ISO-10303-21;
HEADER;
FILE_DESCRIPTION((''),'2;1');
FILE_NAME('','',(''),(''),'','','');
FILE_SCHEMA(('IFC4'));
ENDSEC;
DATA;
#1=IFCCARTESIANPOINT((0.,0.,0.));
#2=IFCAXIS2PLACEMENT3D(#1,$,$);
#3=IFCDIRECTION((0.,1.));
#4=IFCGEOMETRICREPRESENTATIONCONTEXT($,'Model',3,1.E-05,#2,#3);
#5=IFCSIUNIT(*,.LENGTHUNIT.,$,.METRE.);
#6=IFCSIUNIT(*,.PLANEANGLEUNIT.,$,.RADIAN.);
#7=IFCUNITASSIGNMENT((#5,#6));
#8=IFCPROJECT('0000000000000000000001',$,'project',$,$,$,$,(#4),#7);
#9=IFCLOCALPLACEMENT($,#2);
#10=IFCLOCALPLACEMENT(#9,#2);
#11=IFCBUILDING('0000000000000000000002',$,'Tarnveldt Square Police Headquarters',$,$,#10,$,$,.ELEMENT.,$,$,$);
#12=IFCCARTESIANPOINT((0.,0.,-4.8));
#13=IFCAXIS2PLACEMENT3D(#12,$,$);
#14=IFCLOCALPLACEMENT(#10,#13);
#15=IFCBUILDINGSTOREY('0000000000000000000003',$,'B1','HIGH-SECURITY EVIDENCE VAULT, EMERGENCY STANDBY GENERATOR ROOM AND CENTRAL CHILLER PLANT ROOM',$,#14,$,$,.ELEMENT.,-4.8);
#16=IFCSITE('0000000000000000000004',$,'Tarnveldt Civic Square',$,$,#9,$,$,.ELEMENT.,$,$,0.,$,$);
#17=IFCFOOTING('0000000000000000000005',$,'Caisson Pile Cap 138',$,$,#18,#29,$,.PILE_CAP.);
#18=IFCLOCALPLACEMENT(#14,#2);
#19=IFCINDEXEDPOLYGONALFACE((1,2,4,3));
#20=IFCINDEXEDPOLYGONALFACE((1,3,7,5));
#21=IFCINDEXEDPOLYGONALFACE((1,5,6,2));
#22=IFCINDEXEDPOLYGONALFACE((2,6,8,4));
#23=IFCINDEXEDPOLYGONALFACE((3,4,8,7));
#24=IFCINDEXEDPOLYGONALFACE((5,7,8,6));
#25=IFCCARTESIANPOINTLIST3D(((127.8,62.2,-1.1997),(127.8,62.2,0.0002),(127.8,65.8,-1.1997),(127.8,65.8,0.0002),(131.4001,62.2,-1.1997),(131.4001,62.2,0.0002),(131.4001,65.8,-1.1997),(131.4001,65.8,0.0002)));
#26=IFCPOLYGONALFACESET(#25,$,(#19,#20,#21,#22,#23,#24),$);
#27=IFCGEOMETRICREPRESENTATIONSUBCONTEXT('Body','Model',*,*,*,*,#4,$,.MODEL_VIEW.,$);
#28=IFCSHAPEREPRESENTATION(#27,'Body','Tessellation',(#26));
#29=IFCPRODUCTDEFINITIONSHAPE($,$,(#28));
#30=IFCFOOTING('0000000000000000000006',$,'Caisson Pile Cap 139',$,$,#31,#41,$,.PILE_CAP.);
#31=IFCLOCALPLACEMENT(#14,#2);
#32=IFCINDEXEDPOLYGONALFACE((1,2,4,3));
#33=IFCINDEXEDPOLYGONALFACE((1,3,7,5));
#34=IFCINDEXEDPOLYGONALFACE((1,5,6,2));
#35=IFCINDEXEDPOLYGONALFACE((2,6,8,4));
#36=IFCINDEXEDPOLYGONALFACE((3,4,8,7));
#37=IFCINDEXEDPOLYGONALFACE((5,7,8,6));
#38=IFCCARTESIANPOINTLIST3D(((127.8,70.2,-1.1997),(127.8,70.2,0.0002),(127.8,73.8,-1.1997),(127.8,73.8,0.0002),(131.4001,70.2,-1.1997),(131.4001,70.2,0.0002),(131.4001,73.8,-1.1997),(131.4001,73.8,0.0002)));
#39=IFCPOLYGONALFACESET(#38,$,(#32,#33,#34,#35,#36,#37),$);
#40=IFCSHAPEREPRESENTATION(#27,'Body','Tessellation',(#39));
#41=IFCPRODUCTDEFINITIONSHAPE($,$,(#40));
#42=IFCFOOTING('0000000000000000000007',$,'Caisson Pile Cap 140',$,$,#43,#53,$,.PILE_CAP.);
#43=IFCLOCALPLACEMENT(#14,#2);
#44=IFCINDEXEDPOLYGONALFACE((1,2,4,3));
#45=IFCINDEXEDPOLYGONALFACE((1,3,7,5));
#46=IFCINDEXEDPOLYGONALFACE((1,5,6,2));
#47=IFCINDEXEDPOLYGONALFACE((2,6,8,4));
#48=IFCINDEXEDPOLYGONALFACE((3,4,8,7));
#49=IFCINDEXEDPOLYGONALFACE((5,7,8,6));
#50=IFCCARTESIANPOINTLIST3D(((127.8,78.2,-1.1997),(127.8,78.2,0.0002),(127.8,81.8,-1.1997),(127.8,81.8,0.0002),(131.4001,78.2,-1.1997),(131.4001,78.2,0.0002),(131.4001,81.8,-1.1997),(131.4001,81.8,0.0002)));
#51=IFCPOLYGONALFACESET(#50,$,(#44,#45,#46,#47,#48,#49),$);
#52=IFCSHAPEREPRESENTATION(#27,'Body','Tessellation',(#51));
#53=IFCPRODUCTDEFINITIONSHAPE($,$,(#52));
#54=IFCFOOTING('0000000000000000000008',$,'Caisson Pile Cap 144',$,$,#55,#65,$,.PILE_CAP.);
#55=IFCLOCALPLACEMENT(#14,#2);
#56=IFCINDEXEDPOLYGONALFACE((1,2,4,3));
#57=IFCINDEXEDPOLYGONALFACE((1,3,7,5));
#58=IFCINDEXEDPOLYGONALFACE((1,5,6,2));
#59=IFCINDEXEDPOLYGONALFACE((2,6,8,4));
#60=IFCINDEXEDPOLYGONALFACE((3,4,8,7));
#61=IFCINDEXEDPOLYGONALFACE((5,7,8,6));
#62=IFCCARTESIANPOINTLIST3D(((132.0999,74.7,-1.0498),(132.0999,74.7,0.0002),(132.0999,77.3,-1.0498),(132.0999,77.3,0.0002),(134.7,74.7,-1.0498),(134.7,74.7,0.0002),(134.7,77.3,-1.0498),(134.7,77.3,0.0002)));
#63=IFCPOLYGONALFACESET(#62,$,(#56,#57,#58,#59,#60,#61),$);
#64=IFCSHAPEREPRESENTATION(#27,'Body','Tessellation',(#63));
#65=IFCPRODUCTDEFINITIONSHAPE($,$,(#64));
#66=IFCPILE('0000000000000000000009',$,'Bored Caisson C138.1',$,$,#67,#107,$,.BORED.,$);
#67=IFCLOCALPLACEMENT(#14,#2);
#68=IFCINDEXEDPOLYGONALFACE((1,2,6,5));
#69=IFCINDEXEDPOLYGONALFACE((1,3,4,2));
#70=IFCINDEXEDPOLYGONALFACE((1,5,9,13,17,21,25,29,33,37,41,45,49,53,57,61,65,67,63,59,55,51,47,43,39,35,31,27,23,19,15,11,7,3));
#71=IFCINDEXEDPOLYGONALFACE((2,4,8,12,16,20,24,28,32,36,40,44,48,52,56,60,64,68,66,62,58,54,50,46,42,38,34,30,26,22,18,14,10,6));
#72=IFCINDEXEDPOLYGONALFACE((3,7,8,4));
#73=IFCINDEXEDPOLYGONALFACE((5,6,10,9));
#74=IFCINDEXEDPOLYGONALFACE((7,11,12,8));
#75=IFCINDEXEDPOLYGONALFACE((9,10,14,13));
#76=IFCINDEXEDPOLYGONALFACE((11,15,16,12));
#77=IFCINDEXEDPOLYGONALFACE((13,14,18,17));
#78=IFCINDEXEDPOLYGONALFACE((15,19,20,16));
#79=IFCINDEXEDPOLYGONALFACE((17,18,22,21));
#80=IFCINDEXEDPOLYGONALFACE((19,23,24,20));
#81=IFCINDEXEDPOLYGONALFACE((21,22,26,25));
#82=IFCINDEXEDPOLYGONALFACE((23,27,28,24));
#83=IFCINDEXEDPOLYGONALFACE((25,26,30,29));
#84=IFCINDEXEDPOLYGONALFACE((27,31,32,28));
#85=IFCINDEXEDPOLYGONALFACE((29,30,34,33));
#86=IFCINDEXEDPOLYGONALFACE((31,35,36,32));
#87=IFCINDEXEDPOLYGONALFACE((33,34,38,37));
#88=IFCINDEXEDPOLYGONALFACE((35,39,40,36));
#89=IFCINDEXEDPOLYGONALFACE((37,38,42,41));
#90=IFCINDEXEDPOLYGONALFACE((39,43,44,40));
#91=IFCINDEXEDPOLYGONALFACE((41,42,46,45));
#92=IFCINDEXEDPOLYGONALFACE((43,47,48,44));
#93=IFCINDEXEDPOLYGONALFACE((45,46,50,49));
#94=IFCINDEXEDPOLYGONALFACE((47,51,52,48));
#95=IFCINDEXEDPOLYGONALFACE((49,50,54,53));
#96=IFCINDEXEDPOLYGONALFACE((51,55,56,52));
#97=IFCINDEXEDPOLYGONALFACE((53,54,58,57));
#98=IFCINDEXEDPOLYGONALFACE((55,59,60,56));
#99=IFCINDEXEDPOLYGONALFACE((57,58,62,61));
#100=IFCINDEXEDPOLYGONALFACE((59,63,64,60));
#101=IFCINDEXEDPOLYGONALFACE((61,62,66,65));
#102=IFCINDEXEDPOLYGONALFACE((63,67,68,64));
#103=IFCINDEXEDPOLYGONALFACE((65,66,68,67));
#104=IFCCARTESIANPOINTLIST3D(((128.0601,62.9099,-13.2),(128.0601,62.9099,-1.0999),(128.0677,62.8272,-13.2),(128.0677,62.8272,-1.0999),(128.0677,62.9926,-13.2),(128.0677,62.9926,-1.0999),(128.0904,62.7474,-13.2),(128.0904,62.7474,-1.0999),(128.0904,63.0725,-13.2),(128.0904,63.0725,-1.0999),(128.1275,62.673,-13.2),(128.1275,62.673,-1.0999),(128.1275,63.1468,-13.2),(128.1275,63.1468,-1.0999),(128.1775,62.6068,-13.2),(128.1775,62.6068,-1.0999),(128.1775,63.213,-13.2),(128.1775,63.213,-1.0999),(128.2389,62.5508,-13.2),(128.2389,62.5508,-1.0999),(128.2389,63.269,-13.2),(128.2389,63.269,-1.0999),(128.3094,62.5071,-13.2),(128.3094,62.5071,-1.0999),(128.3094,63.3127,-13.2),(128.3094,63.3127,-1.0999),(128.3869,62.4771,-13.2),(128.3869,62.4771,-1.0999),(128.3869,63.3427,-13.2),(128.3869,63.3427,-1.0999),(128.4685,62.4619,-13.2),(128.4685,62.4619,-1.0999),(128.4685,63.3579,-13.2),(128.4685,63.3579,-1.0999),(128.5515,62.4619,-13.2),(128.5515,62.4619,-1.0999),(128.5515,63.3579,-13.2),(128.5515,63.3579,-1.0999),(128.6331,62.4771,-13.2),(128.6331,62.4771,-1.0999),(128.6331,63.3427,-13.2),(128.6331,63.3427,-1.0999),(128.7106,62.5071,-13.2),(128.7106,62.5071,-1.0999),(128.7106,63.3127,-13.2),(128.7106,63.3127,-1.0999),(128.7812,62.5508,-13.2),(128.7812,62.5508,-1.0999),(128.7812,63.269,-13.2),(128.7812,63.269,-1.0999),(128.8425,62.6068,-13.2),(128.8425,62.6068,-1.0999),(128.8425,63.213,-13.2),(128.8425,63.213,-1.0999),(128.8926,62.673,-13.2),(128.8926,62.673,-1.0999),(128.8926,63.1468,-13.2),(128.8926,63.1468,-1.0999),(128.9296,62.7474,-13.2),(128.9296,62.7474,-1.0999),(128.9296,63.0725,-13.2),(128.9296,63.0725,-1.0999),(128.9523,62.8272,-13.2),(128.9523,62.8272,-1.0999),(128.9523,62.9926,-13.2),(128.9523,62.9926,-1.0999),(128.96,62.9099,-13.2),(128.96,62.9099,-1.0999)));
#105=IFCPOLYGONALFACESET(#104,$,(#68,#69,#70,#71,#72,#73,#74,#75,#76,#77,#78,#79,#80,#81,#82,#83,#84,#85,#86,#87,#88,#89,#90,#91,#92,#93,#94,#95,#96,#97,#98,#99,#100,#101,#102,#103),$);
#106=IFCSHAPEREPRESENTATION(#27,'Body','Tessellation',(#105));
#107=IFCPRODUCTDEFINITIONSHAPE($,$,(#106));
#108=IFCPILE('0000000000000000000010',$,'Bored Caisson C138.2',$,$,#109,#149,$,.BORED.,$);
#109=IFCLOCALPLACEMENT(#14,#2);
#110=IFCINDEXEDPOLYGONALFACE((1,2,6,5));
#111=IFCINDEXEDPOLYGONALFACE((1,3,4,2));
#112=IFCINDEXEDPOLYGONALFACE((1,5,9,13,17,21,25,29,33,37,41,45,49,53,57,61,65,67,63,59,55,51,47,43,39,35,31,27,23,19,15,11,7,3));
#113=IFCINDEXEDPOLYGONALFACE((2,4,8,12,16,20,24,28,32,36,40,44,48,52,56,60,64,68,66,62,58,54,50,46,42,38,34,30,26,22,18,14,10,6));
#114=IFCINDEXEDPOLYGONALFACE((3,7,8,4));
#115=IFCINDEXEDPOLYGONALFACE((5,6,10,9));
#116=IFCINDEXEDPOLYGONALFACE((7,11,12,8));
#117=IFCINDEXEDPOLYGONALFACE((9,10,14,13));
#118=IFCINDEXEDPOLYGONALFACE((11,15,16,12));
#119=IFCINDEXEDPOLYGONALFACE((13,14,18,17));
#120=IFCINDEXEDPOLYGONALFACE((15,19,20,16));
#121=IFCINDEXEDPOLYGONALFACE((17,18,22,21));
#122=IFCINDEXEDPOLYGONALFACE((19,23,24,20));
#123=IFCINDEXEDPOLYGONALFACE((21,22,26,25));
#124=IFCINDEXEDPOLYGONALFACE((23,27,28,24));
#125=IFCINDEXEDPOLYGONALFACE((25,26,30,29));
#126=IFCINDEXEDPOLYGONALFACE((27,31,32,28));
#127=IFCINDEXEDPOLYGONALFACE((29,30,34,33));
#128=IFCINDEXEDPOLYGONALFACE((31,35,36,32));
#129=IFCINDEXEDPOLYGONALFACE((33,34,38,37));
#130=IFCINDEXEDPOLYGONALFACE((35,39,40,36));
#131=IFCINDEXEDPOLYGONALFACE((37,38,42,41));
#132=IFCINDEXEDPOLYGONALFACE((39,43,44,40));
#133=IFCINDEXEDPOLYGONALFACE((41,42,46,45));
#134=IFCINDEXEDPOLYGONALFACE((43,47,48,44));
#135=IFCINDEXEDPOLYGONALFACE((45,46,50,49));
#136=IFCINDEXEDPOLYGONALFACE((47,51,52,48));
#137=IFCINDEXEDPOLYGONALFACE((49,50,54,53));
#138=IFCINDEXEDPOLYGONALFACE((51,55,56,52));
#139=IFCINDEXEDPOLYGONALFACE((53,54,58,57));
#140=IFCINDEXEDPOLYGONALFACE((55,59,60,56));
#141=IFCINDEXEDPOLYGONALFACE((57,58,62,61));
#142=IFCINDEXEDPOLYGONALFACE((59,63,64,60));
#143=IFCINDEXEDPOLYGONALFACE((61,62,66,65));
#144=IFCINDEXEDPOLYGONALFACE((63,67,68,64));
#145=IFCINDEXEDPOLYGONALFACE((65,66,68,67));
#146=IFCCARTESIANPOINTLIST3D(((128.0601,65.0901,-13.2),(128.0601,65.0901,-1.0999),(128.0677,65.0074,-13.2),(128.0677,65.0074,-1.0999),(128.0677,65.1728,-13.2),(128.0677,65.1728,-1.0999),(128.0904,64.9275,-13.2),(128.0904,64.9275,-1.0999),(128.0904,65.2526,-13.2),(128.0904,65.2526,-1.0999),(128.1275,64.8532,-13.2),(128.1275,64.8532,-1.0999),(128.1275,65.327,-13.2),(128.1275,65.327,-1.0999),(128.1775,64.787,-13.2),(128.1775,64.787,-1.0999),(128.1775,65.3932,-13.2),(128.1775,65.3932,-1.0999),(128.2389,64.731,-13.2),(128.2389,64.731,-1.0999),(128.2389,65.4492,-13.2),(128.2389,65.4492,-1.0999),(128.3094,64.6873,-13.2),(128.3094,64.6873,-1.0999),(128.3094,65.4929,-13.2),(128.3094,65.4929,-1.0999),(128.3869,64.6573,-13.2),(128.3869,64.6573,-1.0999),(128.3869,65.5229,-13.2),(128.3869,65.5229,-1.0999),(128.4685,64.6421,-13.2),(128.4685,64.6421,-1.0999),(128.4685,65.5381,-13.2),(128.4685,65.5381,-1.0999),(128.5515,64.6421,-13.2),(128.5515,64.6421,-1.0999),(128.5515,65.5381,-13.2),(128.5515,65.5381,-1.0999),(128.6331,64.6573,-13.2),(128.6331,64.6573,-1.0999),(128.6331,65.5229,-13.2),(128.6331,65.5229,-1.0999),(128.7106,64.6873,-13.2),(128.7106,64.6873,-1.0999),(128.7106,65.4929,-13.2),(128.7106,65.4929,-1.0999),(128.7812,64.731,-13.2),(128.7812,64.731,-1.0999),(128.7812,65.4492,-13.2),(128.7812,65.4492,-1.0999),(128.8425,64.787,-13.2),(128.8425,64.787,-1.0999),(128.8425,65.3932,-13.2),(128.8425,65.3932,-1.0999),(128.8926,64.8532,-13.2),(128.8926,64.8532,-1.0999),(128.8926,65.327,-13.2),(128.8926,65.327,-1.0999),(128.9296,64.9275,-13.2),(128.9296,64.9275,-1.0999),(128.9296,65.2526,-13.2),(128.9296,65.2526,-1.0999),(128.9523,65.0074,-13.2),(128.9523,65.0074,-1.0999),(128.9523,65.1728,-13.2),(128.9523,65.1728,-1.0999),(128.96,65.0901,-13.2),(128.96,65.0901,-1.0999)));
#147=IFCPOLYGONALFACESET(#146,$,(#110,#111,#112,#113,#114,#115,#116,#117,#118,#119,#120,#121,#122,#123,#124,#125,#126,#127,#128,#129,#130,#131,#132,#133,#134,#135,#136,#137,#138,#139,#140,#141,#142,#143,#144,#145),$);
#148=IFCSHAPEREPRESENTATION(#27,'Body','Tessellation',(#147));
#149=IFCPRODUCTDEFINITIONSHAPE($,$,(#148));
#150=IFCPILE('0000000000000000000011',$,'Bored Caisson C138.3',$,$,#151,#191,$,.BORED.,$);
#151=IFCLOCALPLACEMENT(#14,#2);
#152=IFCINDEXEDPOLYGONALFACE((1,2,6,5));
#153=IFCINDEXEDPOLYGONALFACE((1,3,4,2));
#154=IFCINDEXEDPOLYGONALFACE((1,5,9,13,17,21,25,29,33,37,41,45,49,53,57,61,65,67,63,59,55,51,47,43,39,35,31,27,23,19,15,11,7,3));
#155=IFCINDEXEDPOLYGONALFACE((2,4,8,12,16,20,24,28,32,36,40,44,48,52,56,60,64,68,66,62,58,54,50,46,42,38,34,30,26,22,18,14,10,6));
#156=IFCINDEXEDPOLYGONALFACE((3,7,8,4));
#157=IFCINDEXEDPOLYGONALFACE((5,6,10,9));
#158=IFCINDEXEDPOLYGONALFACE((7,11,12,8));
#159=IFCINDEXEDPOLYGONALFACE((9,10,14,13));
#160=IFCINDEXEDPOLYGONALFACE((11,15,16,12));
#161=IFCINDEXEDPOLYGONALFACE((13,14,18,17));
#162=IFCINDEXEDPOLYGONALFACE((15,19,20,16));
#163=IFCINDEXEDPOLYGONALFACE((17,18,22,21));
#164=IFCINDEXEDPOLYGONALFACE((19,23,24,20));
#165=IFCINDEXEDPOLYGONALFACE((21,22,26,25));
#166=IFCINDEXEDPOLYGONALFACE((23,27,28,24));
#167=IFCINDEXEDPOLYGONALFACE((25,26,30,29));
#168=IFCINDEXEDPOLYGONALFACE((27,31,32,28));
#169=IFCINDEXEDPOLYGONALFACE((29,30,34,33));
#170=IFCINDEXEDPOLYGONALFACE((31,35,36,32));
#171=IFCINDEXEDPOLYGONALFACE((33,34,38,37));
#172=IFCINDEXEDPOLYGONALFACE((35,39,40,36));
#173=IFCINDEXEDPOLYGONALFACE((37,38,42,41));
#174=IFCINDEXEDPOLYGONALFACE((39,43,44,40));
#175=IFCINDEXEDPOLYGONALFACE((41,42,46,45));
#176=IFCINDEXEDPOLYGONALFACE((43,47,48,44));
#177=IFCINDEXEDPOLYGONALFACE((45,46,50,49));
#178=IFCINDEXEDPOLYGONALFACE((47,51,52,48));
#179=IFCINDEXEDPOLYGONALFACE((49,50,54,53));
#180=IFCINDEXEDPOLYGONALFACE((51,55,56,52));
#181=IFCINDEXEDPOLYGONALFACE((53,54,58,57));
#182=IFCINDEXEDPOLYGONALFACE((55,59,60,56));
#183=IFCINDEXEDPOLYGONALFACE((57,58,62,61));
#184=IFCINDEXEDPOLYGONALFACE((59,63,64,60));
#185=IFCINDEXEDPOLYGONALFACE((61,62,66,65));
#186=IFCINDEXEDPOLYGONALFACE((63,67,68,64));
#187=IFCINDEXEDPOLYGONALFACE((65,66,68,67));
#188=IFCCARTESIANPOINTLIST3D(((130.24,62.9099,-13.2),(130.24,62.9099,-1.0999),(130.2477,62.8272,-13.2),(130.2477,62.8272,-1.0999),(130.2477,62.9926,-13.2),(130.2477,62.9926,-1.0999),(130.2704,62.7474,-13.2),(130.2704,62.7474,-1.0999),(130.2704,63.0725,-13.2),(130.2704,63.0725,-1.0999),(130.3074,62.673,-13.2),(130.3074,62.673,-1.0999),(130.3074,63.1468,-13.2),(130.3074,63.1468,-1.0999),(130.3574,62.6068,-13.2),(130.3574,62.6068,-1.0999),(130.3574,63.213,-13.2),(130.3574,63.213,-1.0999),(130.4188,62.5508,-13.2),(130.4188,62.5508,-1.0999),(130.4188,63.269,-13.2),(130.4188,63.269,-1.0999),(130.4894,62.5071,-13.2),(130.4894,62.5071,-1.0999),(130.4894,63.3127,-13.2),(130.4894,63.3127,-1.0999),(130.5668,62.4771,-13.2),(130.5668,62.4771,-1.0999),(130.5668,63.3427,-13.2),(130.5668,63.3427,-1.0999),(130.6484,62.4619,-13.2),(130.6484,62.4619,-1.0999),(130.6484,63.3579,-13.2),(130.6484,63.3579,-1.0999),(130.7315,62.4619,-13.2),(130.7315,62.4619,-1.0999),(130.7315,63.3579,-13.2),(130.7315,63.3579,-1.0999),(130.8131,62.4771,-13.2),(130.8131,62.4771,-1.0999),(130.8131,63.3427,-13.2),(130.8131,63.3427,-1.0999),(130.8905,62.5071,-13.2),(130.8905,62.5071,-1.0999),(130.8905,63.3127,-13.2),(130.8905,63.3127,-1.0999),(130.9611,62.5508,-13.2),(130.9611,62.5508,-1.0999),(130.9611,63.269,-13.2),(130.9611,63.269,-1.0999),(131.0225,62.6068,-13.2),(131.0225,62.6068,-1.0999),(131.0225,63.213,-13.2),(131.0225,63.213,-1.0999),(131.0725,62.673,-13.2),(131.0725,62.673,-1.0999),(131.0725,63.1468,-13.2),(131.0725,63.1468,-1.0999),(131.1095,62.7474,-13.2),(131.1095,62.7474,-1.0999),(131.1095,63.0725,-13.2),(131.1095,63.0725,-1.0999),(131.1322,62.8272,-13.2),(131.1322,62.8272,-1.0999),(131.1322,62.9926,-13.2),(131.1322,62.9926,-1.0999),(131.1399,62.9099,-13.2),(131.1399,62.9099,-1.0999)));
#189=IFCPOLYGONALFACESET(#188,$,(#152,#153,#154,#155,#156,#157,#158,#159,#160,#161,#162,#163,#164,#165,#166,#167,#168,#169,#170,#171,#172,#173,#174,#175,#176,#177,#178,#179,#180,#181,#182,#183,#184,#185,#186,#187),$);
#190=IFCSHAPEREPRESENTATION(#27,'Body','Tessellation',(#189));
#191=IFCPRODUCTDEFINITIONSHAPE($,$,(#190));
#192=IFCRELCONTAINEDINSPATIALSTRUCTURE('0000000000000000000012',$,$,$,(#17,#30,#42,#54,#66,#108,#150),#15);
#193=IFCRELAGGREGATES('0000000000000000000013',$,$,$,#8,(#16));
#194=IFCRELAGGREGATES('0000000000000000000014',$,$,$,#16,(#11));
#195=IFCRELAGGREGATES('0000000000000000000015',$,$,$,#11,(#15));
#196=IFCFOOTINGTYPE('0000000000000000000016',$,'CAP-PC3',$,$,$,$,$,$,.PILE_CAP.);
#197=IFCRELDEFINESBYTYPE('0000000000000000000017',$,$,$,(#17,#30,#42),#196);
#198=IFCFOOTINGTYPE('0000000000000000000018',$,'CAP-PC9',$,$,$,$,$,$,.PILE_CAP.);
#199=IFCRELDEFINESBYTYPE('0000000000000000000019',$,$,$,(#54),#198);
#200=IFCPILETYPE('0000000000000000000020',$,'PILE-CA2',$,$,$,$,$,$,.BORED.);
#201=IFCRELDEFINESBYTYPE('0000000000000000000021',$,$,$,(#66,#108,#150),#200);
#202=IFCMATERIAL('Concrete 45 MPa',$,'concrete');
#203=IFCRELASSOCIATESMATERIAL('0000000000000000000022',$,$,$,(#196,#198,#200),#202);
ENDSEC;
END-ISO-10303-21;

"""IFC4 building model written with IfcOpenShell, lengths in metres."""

from ifc_helpers import new_model, si_unit, direction, frame, origin, origin_2d, place, context, subcontext, project, spatial, rectangle, circle, extrude, material, material_profile, profile_set, type_object, element, save


model = new_model("IFC4")

# Units and contexts
model_context = context("Model", 3, precision=1e-05, world=origin(), true_north=direction((0.0, 1.0)))
body_context = subcontext(model_context, "Body", "Model", "MODEL_VIEW")
ifc_project = project(units=[si_unit("LENGTHUNIT", "METRE"), si_unit("PLANEANGLEUNIT", "RADIAN")], contexts=[model_context])

# Site, building, storey
site_placement = place(None, origin())
site = spatial("IfcSite", under=ifc_project, at=site_placement, Name="Tarnveldt Civic Square", CompositionType="ELEMENT", RefElevation=0.0)
building_placement = place(site_placement, origin())
building = spatial("IfcBuilding", under=site, at=building_placement, Name="Tarnveldt Square Police Headquarters", CompositionType="ELEMENT")
storey_placement = place(building_placement, frame((0.0, 0.0, -4.8)))
storey = spatial("IfcBuildingStorey", under=building, at=storey_placement, Name="B1", Description="HIGH-SECURITY EVIDENCE VAULT, EMERGENCY STANDBY GENERATOR ROOM AND CENTRAL CHILLER PLANT ROOM", CompositionType="ELEMENT", Elevation=-4.8)

# Footings
ifc_material_1 = material(Name="Concrete 45 MPa", Category="concrete")
footing_type_1 = type_object("IfcFootingType", Name="CAP-PC3", PredefinedType="PILE_CAP", material=ifc_material_1)
for number, where, z_axis, x_axis, name in (
    (1, (129.6001, 64.0, -1.1997), (0.0, 0.0, 1.0), (1.0, 0.0, 0.0), "Caisson Pile Cap 138"),
    (2, (129.6001, 72.0, -1.1997), (0.0, 0.0, 1.0), (1.0, 0.0, 0.0), "Caisson Pile Cap 139"),
    (3, (129.6001, 80.0, -1.1997), (0.0, 0.0, 1.0), (1.0, 0.0, 0.0), "Caisson Pile Cap 140"),
):
    element("IfcFooting", number, at=place(storey_placement, frame(where, z_axis=z_axis, x_axis=x_axis)), inside=storey, type_object=footing_type_1, Name=name, PredefinedType="PILE_CAP", context=body_context, shape_type="SweptSolid", body=[
        extrude(rectangle(XDim=3.6001, YDim=3.6001, at=origin_2d()), origin(), (0.0, 0.0, 1.0), 1.2),
    ])
footing_type_2 = type_object("IfcFootingType", Name="CAP-PC9", PredefinedType="PILE_CAP", material=ifc_material_1)
footing_placement = place(storey_placement, frame((133.3999, 76.0, -1.0498), z_axis=(0.0, 0.0, 1.0), x_axis=(1.0, 0.0, 0.0)))
element("IfcFooting", 4, at=footing_placement, inside=storey, type_object=footing_type_2, Name="Caisson Pile Cap 144", PredefinedType="PILE_CAP", context=body_context, shape_type="SweptSolid", body=[
    extrude(rectangle(XDim=2.6001, YDim=2.6001, at=origin_2d()), origin(), (0.0, 0.0, 1.0), 1.05),
])

# Piles
ifc_material_profile_1 = material_profile(ifc_material_1, circle(Radius=0.45, at=origin_2d()), Name="CAISSON-D900")
ifc_profile_set_1 = profile_set([ifc_material_profile_1], Name="Concrete 45 MPa")
pile_type = type_object("IfcPileType", Name="PILE-CA2", PredefinedType="BORED", material=ifc_profile_set_1)
for number, where, z_axis, x_axis, name in (
    (5, (128.51, 62.9099, -1.0999), (0.0, 0.0, -1.0), (1.0, 0.0, 0.0), "Bored Caisson C138.1"),
    (6, (128.51, 65.0901, -1.0999), (0.0, 0.0, -1.0), (1.0, 0.0, 0.0), "Bored Caisson C138.2"),
    (7, (130.6899, 62.9099, -1.0999), (0.0, 0.0, -1.0), (1.0, 0.0, 0.0), "Bored Caisson C138.3"),
):
    element("IfcPile", number, at=place(storey_placement, frame(where, z_axis=z_axis, x_axis=x_axis)), inside=storey, type_object=pile_type, Name=name, PredefinedType="BORED", context=body_context, shape_type="SweptSolid", body=[
        extrude(circle(Radius=0.45, at=origin_2d()), origin(), (0.0, 0.0, 1.0), 12.1001),
    ])

save(model, "model.ifc")
